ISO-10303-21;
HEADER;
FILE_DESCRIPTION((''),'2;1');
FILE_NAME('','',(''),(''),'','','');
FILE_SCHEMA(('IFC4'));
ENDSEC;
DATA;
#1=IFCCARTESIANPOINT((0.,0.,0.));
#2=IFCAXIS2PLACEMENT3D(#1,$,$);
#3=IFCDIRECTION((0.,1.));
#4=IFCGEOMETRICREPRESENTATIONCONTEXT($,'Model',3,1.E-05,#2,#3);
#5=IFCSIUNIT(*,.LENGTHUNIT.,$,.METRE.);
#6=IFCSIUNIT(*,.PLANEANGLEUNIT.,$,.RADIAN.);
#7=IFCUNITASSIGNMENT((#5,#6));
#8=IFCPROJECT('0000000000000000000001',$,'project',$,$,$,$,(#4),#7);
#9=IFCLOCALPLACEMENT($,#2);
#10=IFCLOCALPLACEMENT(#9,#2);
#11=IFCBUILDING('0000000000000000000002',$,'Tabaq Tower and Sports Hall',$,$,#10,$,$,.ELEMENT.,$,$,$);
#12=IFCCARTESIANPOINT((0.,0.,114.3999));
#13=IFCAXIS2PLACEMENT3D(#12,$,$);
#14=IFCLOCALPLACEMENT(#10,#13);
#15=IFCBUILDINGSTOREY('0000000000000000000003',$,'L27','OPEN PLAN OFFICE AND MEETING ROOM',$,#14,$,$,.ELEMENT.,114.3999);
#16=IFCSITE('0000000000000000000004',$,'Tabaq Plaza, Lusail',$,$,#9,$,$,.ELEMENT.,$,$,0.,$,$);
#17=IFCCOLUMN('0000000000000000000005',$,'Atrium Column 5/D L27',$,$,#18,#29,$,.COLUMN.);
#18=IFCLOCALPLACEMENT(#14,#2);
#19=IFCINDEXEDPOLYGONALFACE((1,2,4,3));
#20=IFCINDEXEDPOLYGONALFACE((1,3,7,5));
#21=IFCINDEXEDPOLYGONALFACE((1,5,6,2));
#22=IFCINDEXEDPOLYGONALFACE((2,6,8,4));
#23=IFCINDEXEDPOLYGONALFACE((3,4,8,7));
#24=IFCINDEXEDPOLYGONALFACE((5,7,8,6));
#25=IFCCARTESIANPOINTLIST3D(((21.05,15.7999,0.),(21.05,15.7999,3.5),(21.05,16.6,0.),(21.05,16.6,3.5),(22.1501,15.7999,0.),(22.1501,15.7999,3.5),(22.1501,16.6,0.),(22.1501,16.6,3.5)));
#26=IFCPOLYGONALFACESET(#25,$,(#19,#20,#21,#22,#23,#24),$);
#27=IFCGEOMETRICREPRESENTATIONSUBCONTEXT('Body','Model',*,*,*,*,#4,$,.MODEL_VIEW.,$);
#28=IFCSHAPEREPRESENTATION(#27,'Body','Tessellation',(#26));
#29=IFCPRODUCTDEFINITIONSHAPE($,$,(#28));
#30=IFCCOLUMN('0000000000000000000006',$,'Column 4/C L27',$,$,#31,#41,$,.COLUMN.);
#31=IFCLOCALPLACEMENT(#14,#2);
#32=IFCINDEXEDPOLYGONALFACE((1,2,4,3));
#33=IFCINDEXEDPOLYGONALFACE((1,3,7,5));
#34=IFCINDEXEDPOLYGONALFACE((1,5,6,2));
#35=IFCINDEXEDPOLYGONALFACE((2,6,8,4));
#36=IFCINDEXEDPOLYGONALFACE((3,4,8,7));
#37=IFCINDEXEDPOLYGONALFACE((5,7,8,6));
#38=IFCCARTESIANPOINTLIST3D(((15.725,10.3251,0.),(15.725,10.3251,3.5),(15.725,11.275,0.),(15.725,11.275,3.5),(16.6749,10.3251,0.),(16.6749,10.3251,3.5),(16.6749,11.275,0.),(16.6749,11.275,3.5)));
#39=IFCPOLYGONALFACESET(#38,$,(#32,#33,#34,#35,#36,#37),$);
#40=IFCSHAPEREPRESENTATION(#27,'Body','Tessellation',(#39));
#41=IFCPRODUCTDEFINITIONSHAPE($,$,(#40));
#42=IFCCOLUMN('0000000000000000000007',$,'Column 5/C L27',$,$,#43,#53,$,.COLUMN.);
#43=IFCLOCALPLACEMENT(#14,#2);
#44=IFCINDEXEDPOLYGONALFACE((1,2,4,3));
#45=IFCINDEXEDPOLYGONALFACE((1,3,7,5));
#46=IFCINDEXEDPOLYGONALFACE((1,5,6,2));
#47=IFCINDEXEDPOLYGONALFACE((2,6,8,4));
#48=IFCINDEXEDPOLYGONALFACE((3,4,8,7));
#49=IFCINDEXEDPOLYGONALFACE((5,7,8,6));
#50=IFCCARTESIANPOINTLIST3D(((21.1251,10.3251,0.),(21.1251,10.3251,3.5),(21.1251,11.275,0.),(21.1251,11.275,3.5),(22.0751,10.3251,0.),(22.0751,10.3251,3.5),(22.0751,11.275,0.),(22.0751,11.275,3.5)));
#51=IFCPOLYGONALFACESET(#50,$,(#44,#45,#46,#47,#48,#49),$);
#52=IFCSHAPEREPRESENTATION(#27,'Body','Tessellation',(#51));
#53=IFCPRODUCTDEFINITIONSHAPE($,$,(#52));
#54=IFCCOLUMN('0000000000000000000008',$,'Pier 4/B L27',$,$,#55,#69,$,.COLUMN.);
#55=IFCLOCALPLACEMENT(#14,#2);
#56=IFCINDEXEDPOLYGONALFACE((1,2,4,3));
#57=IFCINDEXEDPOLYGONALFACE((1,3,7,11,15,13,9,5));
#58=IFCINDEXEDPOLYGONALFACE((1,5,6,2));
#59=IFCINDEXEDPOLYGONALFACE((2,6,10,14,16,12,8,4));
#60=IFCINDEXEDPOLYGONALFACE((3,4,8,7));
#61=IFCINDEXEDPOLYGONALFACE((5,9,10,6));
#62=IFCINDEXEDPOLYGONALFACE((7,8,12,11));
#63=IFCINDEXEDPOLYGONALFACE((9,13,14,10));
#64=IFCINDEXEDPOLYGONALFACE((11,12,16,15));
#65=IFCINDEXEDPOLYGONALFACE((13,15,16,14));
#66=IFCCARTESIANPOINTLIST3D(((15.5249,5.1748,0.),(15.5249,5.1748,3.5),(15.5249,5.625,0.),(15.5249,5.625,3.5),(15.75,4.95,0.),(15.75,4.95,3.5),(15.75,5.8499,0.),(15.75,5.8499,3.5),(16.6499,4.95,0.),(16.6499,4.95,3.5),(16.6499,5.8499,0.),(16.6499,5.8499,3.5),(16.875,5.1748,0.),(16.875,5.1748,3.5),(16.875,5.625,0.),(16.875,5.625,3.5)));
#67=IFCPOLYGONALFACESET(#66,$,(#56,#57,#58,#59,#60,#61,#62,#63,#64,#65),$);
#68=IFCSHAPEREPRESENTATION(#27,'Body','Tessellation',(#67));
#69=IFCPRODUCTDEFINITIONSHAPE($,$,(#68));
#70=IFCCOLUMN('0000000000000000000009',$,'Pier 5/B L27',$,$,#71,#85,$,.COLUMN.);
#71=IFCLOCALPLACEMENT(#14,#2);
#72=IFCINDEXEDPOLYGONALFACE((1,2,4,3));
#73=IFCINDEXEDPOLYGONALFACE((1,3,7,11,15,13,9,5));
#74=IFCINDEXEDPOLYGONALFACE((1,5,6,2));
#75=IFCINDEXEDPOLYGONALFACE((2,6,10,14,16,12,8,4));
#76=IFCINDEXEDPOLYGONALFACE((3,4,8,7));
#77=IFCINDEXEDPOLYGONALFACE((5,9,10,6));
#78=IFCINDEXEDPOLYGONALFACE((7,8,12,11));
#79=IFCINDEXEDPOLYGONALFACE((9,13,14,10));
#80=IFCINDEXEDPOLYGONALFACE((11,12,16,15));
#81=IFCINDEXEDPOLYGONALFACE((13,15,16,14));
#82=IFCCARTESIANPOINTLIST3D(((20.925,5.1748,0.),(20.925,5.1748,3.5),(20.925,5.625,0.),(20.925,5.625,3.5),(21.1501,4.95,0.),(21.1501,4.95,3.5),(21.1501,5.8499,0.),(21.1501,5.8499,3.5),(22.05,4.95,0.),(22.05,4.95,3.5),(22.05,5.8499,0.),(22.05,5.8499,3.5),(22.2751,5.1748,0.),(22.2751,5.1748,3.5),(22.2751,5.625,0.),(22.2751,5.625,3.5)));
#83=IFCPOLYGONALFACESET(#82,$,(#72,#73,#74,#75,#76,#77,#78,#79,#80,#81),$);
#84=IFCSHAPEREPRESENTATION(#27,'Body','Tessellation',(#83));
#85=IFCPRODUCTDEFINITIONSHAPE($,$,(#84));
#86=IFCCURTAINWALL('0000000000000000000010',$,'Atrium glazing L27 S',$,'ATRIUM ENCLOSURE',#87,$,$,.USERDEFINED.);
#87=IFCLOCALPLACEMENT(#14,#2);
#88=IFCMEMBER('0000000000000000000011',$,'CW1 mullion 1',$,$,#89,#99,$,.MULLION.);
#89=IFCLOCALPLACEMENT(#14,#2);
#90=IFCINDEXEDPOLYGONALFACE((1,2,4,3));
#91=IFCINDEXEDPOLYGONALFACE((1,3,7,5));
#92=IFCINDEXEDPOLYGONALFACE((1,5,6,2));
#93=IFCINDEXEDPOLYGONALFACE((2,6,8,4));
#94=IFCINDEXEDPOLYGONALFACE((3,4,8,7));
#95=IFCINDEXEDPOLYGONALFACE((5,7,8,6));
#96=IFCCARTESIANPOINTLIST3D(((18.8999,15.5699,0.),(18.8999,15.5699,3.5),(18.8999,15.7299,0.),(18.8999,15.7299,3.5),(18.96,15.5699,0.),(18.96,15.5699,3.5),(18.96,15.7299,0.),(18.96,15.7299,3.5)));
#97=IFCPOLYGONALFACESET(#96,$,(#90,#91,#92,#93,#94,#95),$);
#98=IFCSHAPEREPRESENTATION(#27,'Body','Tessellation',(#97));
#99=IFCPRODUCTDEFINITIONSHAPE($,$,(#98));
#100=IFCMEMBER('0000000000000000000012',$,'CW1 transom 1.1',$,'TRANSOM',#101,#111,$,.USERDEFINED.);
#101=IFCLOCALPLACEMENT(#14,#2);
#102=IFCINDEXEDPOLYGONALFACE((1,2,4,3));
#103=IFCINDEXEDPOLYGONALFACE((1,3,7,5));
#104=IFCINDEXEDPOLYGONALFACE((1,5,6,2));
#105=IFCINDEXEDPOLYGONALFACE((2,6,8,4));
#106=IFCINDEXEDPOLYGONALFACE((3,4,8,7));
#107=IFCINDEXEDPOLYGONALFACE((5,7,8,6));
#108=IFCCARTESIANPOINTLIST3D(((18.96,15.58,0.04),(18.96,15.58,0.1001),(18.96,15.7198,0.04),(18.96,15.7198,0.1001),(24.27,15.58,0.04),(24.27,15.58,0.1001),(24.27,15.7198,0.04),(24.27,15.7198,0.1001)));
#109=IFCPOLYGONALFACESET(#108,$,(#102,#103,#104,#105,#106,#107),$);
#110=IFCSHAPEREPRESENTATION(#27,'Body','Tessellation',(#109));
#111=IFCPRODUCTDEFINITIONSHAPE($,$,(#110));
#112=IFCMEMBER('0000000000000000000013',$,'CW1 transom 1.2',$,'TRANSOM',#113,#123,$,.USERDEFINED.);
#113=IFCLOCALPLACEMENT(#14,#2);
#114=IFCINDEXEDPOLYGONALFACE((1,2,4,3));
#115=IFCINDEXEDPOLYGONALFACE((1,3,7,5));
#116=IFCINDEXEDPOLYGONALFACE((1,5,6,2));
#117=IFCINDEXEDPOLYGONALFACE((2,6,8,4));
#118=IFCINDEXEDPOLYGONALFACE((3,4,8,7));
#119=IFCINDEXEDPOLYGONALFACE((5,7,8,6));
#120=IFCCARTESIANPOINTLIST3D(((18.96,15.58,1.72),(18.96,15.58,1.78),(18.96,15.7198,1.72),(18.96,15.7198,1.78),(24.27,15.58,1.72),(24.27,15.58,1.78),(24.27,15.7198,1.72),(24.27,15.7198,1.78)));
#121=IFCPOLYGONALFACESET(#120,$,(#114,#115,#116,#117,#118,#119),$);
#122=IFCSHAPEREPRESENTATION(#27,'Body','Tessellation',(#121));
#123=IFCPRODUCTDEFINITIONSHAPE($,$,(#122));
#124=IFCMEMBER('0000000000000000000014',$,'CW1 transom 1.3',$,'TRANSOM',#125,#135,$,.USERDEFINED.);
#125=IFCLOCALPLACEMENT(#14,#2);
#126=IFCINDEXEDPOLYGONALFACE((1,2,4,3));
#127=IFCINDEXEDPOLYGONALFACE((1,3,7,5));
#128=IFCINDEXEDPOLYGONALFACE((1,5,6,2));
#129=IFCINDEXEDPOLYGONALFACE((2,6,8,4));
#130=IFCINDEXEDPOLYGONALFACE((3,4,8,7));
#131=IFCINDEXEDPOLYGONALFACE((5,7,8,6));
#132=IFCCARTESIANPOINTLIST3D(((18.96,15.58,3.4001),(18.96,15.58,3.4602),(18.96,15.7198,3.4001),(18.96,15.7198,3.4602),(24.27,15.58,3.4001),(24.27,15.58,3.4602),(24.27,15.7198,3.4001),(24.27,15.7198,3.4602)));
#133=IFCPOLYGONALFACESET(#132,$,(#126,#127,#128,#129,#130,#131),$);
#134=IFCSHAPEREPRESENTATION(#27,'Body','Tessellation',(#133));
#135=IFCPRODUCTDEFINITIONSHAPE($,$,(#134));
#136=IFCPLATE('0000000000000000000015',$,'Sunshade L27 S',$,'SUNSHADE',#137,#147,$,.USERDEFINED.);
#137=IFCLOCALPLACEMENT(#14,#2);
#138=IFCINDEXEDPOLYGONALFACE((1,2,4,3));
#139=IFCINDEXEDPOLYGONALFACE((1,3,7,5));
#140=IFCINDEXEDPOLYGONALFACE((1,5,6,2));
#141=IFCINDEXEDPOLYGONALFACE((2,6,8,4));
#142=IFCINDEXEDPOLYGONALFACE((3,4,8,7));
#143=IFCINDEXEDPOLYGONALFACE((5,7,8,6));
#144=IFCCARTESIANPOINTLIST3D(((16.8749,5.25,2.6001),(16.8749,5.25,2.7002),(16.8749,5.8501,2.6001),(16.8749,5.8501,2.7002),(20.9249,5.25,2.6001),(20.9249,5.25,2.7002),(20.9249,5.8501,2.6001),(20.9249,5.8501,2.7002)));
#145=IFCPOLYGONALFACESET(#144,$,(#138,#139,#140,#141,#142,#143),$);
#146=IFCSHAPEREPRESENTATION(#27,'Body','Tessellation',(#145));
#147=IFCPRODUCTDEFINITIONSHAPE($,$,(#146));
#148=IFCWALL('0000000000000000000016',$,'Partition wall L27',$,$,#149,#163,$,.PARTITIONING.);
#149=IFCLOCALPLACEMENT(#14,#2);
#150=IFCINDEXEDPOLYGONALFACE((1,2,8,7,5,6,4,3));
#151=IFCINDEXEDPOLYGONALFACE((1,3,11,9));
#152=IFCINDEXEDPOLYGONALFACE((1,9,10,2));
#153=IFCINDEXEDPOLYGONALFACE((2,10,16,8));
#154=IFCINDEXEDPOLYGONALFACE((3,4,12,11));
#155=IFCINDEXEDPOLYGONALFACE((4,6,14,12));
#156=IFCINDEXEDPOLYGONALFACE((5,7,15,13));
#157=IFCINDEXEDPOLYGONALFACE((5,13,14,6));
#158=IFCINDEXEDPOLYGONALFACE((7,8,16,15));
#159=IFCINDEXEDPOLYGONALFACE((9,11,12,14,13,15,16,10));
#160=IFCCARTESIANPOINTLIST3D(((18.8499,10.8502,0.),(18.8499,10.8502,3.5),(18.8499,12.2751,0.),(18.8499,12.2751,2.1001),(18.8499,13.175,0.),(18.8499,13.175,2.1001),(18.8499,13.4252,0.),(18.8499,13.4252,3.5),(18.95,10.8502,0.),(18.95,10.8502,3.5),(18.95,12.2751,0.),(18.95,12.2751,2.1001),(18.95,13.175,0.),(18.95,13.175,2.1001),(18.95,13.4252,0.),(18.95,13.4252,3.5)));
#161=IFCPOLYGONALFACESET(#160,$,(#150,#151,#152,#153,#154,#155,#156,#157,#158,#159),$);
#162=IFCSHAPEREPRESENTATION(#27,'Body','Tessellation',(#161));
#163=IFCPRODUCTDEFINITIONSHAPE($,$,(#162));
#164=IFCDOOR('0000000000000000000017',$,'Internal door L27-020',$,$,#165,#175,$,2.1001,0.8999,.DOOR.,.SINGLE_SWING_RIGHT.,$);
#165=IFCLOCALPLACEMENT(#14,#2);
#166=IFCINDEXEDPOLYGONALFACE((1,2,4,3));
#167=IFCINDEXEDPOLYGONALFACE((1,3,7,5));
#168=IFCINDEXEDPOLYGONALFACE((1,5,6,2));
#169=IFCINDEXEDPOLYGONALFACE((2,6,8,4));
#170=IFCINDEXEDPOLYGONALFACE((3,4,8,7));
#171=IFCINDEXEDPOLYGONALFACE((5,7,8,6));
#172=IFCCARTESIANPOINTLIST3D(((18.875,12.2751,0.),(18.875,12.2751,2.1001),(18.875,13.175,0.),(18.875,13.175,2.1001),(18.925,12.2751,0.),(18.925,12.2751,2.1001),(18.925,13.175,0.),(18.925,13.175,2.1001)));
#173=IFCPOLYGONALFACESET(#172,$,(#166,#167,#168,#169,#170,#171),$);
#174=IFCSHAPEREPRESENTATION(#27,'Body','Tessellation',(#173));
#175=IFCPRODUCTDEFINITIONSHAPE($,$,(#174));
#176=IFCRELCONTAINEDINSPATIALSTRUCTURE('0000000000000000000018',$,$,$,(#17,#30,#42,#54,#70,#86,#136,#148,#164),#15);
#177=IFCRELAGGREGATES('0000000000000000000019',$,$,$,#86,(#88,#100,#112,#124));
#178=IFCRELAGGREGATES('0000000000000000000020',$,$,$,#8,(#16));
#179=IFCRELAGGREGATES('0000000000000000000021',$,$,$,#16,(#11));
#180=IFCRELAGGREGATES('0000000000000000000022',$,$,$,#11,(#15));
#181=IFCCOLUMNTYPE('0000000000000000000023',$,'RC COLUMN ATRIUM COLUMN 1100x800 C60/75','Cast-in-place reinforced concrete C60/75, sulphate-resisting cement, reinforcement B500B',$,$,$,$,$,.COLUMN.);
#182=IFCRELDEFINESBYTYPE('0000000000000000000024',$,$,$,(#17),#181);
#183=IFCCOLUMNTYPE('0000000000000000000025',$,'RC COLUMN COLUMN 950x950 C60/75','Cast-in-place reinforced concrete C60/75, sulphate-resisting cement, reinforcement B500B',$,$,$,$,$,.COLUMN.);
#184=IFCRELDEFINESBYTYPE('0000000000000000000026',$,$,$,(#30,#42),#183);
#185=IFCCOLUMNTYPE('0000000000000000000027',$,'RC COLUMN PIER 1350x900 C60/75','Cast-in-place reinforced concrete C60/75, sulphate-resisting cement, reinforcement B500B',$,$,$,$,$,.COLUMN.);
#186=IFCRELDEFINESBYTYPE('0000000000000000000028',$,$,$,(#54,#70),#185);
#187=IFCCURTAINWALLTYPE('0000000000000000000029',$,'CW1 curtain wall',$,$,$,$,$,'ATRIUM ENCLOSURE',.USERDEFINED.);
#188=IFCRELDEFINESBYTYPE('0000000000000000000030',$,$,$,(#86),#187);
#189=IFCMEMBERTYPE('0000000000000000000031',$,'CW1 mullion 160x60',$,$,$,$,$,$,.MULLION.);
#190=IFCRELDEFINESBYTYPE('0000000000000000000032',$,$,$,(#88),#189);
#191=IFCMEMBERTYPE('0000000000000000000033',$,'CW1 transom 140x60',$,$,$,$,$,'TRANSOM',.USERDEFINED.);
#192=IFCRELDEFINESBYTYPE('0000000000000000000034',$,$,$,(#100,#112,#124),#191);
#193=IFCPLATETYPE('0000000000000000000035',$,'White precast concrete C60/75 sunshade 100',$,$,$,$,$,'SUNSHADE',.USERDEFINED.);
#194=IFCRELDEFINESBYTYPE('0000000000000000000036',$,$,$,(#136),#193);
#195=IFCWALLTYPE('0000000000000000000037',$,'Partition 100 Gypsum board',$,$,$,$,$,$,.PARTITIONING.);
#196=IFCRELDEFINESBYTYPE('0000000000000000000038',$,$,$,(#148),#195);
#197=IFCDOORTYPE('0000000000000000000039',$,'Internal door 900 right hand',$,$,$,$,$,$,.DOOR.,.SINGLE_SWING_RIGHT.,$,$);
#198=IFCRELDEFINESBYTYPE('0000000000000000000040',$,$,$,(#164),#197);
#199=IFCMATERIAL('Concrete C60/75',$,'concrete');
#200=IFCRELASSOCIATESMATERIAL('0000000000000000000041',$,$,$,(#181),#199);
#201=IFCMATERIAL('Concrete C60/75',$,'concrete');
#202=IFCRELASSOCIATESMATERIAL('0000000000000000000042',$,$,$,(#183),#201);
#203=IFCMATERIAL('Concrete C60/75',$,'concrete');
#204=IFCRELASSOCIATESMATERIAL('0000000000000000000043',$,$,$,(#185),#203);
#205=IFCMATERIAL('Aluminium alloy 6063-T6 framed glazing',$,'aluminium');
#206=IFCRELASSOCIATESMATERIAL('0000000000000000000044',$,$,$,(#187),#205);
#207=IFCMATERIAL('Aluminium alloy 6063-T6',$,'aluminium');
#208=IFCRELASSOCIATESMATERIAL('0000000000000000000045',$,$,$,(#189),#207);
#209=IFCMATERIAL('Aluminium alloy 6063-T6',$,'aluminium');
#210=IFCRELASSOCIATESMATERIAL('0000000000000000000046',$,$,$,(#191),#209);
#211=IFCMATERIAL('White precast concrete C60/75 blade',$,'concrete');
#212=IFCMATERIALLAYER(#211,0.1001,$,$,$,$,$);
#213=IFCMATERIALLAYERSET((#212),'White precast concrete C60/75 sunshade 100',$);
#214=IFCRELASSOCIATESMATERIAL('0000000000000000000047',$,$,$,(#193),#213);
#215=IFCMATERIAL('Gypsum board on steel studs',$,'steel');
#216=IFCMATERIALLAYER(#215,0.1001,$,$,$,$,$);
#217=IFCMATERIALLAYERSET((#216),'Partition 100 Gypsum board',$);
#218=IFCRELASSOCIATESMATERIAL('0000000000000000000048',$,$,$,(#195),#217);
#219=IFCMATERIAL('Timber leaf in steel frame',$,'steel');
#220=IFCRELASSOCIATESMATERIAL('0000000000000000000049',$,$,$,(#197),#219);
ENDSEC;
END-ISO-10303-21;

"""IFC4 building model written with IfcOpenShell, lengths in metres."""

from ifc_helpers import new_model, si_unit, direction, frame, frame_2d, origin, origin_2d, place, context, subcontext, project, spatial, polyline, rectangle, outline, extrude, material, layer, layer_set, material_profile, profile_set, type_object, element, fill, aggregate, save


model = new_model("IFC4")

# Units and contexts
model_context = context("Model", 3, precision=1e-05, world=origin(), true_north=direction((0.0, 1.0)))
body_context = subcontext(model_context, "Body", "Model", "MODEL_VIEW")
ifc_project = project(units=[si_unit("LENGTHUNIT", "METRE"), si_unit("PLANEANGLEUNIT", "RADIAN")], contexts=[model_context])

# Site, building, storey
site_placement = place(None, origin())
site = spatial("IfcSite", under=ifc_project, at=site_placement, Name="Tabaq Plaza, Lusail", CompositionType="ELEMENT", RefElevation=0.0)
building_placement = place(site_placement, origin())
building = spatial("IfcBuilding", under=site, at=building_placement, Name="Tabaq Tower and Sports Hall", CompositionType="ELEMENT")
storey_placement = place(building_placement, frame((0.0, 0.0, 114.3999)))
storey = spatial("IfcBuildingStorey", under=building, at=storey_placement, Name="L27", Description="OPEN PLAN OFFICE AND MEETING ROOM", CompositionType="ELEMENT", Elevation=114.3999)

# Columns
ifc_material_1 = material(Name="Concrete C60/75", Category="concrete")
ifc_material_profile_1 = material_profile(ifc_material_1, rectangle(XDim=1.1001, YDim=0.8, at=origin_2d()), Name="ATRIUM COLUMN 1100x800")
ifc_profile_set_1 = profile_set([ifc_material_profile_1], Name="Concrete C60/75")
column_type_1 = type_object("IfcColumnType", Name="RC COLUMN ATRIUM COLUMN 1100x800 C60/75", Description="Cast-in-place reinforced concrete C60/75, sulphate-resisting cement, reinforcement B500B", PredefinedType="COLUMN", material=ifc_profile_set_1)
column_placement = place(storey_placement, frame((21.6001, 16.2, 0.0), z_axis=(0.0, 0.0, 1.0), x_axis=(1.0, 0.0, 0.0)))
element("IfcColumn", 1, at=column_placement, inside=storey, type_object=column_type_1, Name="Atrium Column 5/D L27", PredefinedType="COLUMN", context=body_context, shape_type="SweptSolid", body=[
    extrude(rectangle(XDim=1.1001, YDim=0.8, at=origin_2d()), origin(), (0.0, 0.0, 1.0), 3.5),
])
ifc_material_2 = material(Name="Concrete C60/75", Category="concrete")
ifc_material_profile_2 = material_profile(ifc_material_2, rectangle(XDim=0.95, YDim=0.95, at=origin_2d()), Name="COLUMN 950x950")
ifc_profile_set_2 = profile_set([ifc_material_profile_2], Name="Concrete C60/75")
column_type_2 = type_object("IfcColumnType", Name="RC COLUMN COLUMN 950x950 C60/75", Description="Cast-in-place reinforced concrete C60/75, sulphate-resisting cement, reinforcement B500B", PredefinedType="COLUMN", material=ifc_profile_set_2)
for number, where, z_axis, x_axis, name in (
    (2, (16.2, 10.8, 0.0), (0.0, 0.0, 1.0), (1.0, 0.0, 0.0), "Column 4/C L27"),
    (3, (21.6001, 10.8, 0.0), (0.0, 0.0, 1.0), (1.0, 0.0, 0.0), "Column 5/C L27"),
):
    element("IfcColumn", number, at=place(storey_placement, frame(where, z_axis=z_axis, x_axis=x_axis)), inside=storey, type_object=column_type_2, Name=name, PredefinedType="COLUMN", context=body_context, shape_type="SweptSolid", body=[
        extrude(rectangle(XDim=0.95, YDim=0.95, at=origin_2d()), origin(), (0.0, 0.0, 1.0), 3.5),
    ])
ifc_material_3 = material(Name="Concrete C60/75", Category="concrete")
ifc_material_profile_3 = material_profile(ifc_material_3, outline(polyline([(-0.45, -0.45), (0.45, -0.45), (0.675, -0.2251), (0.675, 0.2251), (0.45, 0.45), (-0.45, 0.45), (-0.675, 0.2251), (-0.675, -0.2251), (-0.45, -0.45)])), Name="PIER 1350x900")
ifc_profile_set_3 = profile_set([ifc_material_profile_3], Name="Concrete C60/75")
column_type_3 = type_object("IfcColumnType", Name="RC COLUMN PIER 1350x900 C60/75", Description="Cast-in-place reinforced concrete C60/75, sulphate-resisting cement, reinforcement B500B", PredefinedType="COLUMN", material=ifc_profile_set_3)
for number, where, z_axis, x_axis, name in (
    (4, (16.2, 5.3999, 0.0), (0.0, 0.0, 1.0), (1.0, 0.0, 0.0), "Pier 4/B L27"),
    (5, (21.6001, 5.3999, 0.0), (0.0, 0.0, 1.0), (1.0, 0.0, 0.0), "Pier 5/B L27"),
):
    element("IfcColumn", number, at=place(storey_placement, frame(where, z_axis=z_axis, x_axis=x_axis)), inside=storey, type_object=column_type_3, Name=name, PredefinedType="COLUMN", context=body_context, shape_type="SweptSolid", body=[
        extrude(outline(polyline([(-0.45, -0.45), (0.45, -0.45), (0.675, -0.2251), (0.675, 0.2251), (0.45, 0.45), (-0.45, 0.45), (-0.675, 0.2251), (-0.675, -0.2251), (-0.45, -0.45)])), origin(), (0.0, 0.0, 1.0), 3.5),
    ])

# Curtain wall, members
ifc_material_4 = material(Name="Aluminium alloy 6063-T6 framed glazing", Category="aluminium")
curtain_wall_type = type_object("IfcCurtainWallType", Name="CW1 curtain wall", ElementType="ATRIUM ENCLOSURE", PredefinedType="USERDEFINED", material=ifc_material_4)
curtain_wall_placement = place(storey_placement, origin())
curtain_wall = element("IfcCurtainWall", 6, at=curtain_wall_placement, inside=storey, type_object=curtain_wall_type, Name="Atrium glazing L27 S", ObjectType="ATRIUM ENCLOSURE", PredefinedType="USERDEFINED")
ifc_material_5 = material(Name="Aluminium alloy 6063-T6", Category="aluminium")
ifc_material_profile_4 = material_profile(ifc_material_5, rectangle(XDim=0.1599, YDim=0.0601, at=origin_2d()), Name="MULLION 160x60")
ifc_profile_set_4 = profile_set([ifc_material_profile_4], Name="Aluminium alloy 6063-T6")
member_type_1 = type_object("IfcMemberType", Name="CW1 mullion 160x60", PredefinedType="MULLION", material=ifc_profile_set_4)
member_1_placement = place(storey_placement, frame((18.9299, 15.6499, 0.0), z_axis=(0.0, 0.0, 1.0), x_axis=(0.0, 1.0, 0.0)))
member_1 = element("IfcMember", 7, at=member_1_placement, type_object=member_type_1, Name="CW1 mullion 1", PredefinedType="MULLION", context=body_context, shape_type="SweptSolid", body=[
    extrude(rectangle(XDim=0.1599, YDim=0.0601, at=origin_2d()), origin(), (0.0, 0.0, 1.0), 3.5),
])
ifc_material_6 = material(Name="Aluminium alloy 6063-T6", Category="aluminium")
ifc_material_profile_5 = material_profile(ifc_material_6, rectangle(XDim=0.1399, YDim=0.0601, at=origin_2d()), Name="TRANSOM 140x60")
ifc_profile_set_5 = profile_set([ifc_material_profile_5], Name="Aluminium alloy 6063-T6")
member_type_2 = type_object("IfcMemberType", Name="CW1 transom 140x60", ElementType="TRANSOM", PredefinedType="USERDEFINED", material=ifc_profile_set_5)
member_2_placement = place(storey_placement, frame((18.96, 15.6499, 0.0701), z_axis=(1.0, 0.0, 0.0), x_axis=(0.0, 1.0, 0.0)))
member_2 = element("IfcMember", 8, at=member_2_placement, type_object=member_type_2, Name="CW1 transom 1.1", ObjectType="TRANSOM", PredefinedType="USERDEFINED", context=body_context, shape_type="SweptSolid", body=[
    extrude(rectangle(XDim=0.1399, YDim=0.0601, at=origin_2d()), origin(), (0.0, 0.0, 1.0), 5.3101),
])
member_3_placement = place(storey_placement, frame((18.96, 15.6499, 1.75), z_axis=(1.0, 0.0, 0.0), x_axis=(0.0, 1.0, 0.0)))
member_3 = element("IfcMember", 9, at=member_3_placement, type_object=member_type_2, Name="CW1 transom 1.2", ObjectType="TRANSOM", PredefinedType="USERDEFINED", context=body_context, shape_type="SweptSolid", body=[
    extrude(rectangle(XDim=0.1399, YDim=0.0601, at=origin_2d()), origin(), (0.0, 0.0, 1.0), 5.3101),
])
member_4_placement = place(storey_placement, frame((18.96, 15.6499, 3.4302), z_axis=(1.0, 0.0, 0.0), x_axis=(0.0, 1.0, 0.0)))
member_4 = element("IfcMember", 10, at=member_4_placement, type_object=member_type_2, Name="CW1 transom 1.3", ObjectType="TRANSOM", PredefinedType="USERDEFINED", context=body_context, shape_type="SweptSolid", body=[
    extrude(rectangle(XDim=0.1399, YDim=0.0601, at=origin_2d()), origin(), (0.0, 0.0, 1.0), 5.3101),
])
aggregate(curtain_wall, [member_1, member_2, member_3, member_4])

# Plate
ifc_material_7 = material(Name="White precast concrete C60/75 blade", Category="concrete")
ifc_layer_1 = layer(ifc_material_7, 0.1001)
ifc_layer_set_1 = layer_set([ifc_layer_1], Name="White precast concrete C60/75 sunshade 100")
plate_type = type_object("IfcPlateType", Name="White precast concrete C60/75 sunshade 100", ElementType="SUNSHADE", PredefinedType="USERDEFINED", material=ifc_layer_set_1)
plate_placement = place(storey_placement, frame((18.8999, 5.55, 2.6001), z_axis=(0.0, 0.0, 1.0), x_axis=(1.0, 0.0, 0.0)))
element("IfcPlate", 11, at=plate_placement, inside=storey, type_object=plate_type, Name="Sunshade L27 S", ObjectType="SUNSHADE", PredefinedType="USERDEFINED", context=body_context, shape_type="SweptSolid", body=[
    extrude(rectangle(XDim=4.05, YDim=0.6001, at=origin_2d()), origin(), (0.0, 0.0, 1.0), 0.1001),
])

# Wall, opening, door
ifc_material_8 = material(Name="Gypsum board on steel studs", Category="steel")
ifc_layer_2 = layer(ifc_material_8, 0.1001)
ifc_layer_set_2 = layer_set([ifc_layer_2], Name="Partition 100 Gypsum board")
wall_type_1 = type_object("IfcWallType", Name="Partition 100 Gypsum board", PredefinedType="PARTITIONING", material=ifc_layer_set_2)
wall_1_placement = place(storey_placement, frame((18.8999, 10.8501, 0.0), z_axis=(0.0, 0.0, 1.0), x_axis=(0.0, 1.0, 0.0)))
wall_1 = element("IfcWall", 12, at=wall_1_placement, inside=storey, type_object=wall_type_1, Name="Partition wall L27", PredefinedType="PARTITIONING", context=body_context, shape_type="SweptSolid", body=[
    extrude(rectangle(XDim=2.575, YDim=0.1001, at=frame_2d((1.2876, 0.0))), origin(), (0.0, 0.0, 1.0), 3.5),
])
opening_1_placement = place(wall_1_placement, frame((1.425, 0.0, 0.0)))
opening_1 = element("IfcOpeningElement", 13, at=opening_1_placement, cuts=wall_1, PredefinedType="OPENING", context=body_context, shape_type="SweptSolid", body=[
    extrude(rectangle(XDim=0.8999, YDim=2.1001, at=frame_2d((0.45, 1.05))), frame((0.0, 0.05, 0.0), z_axis=(0.0, -1.0, 0.0), x_axis=(1.0, 0.0, 0.0)), (0.0, 0.0, 1.0), 0.1001),
])
ifc_material_9 = material(Name="Timber leaf in steel frame", Category="steel")
door_type_1 = type_object("IfcDoorType", Name="Internal door 900 right hand", OperationType="SINGLE_SWING_RIGHT", PredefinedType="DOOR", material=ifc_material_9)
door_1_placement = place(opening_1_placement, origin())
door_1 = element("IfcDoor", 14, at=door_1_placement, inside=storey, type_object=door_type_1, Name="Internal door L27-020", OperationType="SINGLE_SWING_RIGHT", OverallHeight=2.1001, OverallWidth=0.8999, PredefinedType="DOOR", context=body_context, shape_type="SweptSolid", body=[
    extrude(rectangle(XDim=0.8999, YDim=2.1001, at=frame_2d((0.45, 1.05))), frame((0.0, 0.0249, 0.0), z_axis=(0.0, -1.0, 0.0), x_axis=(1.0, 0.0, 0.0)), (0.0, 0.0, 1.0), 0.05),
])
fill(opening_1, door_1)

save(model, "model.ifc")
